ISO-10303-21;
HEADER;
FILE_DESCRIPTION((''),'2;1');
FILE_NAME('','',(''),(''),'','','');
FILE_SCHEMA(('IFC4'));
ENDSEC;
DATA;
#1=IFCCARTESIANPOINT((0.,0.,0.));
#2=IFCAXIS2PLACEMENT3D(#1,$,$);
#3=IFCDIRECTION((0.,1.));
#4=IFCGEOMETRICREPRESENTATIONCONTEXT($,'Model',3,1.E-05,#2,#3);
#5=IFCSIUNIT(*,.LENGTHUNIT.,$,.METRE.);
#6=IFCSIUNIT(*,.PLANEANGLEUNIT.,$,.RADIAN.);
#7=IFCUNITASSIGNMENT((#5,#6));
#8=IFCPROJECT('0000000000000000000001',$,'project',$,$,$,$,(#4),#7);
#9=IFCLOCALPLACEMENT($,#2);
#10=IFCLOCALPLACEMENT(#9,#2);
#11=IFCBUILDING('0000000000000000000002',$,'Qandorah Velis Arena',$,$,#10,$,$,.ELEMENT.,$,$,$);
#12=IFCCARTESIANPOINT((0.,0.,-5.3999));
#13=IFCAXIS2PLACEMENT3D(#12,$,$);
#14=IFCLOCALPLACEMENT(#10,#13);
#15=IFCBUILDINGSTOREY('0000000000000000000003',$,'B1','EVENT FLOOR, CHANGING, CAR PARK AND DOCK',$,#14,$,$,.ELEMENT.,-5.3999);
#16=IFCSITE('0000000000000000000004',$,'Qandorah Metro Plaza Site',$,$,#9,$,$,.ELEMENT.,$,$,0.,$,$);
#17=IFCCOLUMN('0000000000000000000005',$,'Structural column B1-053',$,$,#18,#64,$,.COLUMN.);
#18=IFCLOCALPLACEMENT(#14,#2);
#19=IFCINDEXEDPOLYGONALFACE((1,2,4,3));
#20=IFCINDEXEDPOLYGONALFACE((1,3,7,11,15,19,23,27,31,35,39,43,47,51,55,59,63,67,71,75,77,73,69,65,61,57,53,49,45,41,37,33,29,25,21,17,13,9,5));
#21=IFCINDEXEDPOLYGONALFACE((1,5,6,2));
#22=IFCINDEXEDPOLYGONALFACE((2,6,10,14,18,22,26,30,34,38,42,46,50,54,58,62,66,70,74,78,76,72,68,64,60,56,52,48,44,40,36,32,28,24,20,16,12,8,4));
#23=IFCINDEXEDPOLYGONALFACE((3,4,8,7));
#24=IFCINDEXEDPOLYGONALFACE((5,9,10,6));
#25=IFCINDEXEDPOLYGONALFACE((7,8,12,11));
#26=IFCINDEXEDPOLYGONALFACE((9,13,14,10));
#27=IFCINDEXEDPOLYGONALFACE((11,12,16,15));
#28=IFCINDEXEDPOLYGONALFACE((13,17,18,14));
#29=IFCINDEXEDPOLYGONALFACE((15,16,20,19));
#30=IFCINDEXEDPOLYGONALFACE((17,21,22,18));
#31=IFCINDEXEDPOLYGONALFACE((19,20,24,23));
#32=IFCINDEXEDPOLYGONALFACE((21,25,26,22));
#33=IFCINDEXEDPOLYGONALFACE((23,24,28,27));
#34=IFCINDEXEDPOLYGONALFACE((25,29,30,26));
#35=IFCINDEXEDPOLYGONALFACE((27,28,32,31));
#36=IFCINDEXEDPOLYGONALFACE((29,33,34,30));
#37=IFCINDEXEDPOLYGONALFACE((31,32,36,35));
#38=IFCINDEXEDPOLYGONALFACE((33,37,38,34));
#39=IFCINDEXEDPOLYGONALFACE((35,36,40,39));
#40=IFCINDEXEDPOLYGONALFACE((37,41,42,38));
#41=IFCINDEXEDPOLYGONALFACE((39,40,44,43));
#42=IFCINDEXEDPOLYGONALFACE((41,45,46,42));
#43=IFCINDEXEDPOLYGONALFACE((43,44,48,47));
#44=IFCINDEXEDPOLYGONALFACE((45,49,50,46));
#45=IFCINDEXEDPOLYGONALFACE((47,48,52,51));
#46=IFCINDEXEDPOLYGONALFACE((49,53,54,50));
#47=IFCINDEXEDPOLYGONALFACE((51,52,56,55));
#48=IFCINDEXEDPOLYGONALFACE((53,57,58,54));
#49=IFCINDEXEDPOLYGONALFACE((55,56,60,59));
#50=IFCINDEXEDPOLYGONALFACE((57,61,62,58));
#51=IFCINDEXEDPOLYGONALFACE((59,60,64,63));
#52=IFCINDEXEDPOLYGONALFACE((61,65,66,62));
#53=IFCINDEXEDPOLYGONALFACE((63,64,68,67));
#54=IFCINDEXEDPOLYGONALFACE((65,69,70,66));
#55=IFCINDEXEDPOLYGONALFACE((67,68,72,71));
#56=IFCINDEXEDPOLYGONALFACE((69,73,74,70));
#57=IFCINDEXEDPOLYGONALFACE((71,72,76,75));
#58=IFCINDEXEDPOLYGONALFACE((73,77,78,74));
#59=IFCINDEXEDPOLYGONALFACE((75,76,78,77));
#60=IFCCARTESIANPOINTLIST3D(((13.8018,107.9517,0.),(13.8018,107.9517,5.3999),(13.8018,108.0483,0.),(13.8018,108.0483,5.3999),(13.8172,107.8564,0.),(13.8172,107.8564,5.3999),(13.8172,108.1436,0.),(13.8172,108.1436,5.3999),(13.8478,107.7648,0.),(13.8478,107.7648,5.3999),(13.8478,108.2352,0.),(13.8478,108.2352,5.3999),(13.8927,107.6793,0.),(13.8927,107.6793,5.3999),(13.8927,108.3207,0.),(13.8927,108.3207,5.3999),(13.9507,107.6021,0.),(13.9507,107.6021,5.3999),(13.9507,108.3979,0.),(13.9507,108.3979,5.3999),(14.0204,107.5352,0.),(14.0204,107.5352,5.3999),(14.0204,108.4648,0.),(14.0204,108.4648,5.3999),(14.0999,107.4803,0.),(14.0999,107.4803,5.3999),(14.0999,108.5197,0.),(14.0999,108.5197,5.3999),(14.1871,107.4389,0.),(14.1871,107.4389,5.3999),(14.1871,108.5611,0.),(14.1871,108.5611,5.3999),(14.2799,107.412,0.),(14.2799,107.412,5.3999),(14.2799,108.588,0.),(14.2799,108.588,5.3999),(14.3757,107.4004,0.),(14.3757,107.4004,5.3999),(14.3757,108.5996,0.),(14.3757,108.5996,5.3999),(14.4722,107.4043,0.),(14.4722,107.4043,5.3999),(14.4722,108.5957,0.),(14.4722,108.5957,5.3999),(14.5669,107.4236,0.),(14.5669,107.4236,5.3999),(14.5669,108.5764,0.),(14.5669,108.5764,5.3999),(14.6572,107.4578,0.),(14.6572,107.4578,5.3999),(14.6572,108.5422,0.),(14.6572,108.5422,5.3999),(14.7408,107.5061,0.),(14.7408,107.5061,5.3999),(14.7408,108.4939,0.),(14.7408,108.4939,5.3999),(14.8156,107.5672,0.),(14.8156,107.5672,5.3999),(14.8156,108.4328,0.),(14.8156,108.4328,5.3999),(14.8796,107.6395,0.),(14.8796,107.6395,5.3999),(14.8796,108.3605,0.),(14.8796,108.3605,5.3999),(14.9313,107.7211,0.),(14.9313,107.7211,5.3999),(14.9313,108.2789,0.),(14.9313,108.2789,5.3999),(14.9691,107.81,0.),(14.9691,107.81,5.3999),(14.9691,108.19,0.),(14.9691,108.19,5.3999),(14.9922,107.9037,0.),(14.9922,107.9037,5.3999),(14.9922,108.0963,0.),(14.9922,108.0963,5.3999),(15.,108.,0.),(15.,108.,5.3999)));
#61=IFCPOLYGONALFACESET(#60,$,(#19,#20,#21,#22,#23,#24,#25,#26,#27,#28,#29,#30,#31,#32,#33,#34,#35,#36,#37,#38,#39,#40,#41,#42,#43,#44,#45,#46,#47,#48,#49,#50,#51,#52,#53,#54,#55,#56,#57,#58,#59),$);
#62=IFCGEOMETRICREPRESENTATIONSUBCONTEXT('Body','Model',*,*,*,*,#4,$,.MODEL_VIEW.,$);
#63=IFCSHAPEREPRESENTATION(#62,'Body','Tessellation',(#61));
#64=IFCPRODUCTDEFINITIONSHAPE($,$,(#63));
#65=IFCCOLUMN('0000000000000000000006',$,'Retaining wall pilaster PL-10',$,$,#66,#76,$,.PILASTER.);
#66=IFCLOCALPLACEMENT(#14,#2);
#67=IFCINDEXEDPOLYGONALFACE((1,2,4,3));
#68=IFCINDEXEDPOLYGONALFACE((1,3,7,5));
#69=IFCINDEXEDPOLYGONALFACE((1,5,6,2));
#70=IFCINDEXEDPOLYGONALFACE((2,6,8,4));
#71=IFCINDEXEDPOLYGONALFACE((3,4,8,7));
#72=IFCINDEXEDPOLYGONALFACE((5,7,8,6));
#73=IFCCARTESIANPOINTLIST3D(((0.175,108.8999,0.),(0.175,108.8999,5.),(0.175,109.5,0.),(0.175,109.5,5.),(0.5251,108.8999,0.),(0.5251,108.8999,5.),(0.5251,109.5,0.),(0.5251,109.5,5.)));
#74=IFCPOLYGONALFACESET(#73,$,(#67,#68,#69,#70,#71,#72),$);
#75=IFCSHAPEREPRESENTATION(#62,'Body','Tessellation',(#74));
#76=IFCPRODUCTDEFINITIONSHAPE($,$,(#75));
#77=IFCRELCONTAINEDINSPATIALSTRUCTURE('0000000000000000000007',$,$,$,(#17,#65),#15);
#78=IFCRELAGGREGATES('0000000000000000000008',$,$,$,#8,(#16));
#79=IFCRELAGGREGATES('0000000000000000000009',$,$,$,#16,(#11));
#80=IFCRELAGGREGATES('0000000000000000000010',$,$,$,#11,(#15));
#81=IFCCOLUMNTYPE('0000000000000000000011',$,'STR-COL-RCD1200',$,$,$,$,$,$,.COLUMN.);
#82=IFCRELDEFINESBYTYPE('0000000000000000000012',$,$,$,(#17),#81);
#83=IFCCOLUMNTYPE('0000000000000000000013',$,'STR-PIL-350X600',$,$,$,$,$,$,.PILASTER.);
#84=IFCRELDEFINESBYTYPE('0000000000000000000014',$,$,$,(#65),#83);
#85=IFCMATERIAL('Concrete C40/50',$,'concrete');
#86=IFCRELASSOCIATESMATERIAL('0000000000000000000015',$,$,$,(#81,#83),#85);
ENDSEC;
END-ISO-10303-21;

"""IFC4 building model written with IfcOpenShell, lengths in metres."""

from ifc_helpers import new_model, si_unit, direction, frame, origin, origin_2d, place, context, subcontext, project, spatial, rectangle, circle, extrude, material, material_profile, profile_set, type_object, element, save


model = new_model("IFC4")

# Units and contexts
model_context = context("Model", 3, precision=1e-05, world=origin(), true_north=direction((0.0, 1.0)))
body_context = subcontext(model_context, "Body", "Model", "MODEL_VIEW")
ifc_project = project(units=[si_unit("LENGTHUNIT", "METRE"), si_unit("PLANEANGLEUNIT", "RADIAN")], contexts=[model_context])

# Site, building, storey
site_placement = place(None, origin())
site = spatial("IfcSite", under=ifc_project, at=site_placement, Name="Qandorah Metro Plaza Site", CompositionType="ELEMENT", RefElevation=0.0)
building_placement = place(site_placement, origin())
building = spatial("IfcBuilding", under=site, at=building_placement, Name="Qandorah Velis Arena", CompositionType="ELEMENT")
storey_placement = place(building_placement, frame((0.0, 0.0, -5.3999)))
storey = spatial("IfcBuildingStorey", under=building, at=storey_placement, Name="B1", Description="EVENT FLOOR, CHANGING, CAR PARK AND DOCK", CompositionType="ELEMENT", Elevation=-5.3999)

# Shared definitions
ifc_material_1 = material(Name="Concrete C40/50", Category="concrete")

# Columns
ifc_material_profile_1 = material_profile(ifc_material_1, circle(Radius=0.6001, at=origin_2d()), Name="RC D1200")
ifc_profile_set_1 = profile_set([ifc_material_profile_1], Name="Concrete C40/50")
column_type_1 = type_object("IfcColumnType", Name="STR-COL-RCD1200", PredefinedType="COLUMN", material=ifc_profile_set_1)
for number, where, z_axis, x_axis, name in (
    (1, (14.3999, 108.0, 0.0), (0.0, 0.0, 1.0), (1.0, 0.0, 0.0), "Structural column B1-053"),
):
    element("IfcColumn", number, at=place(storey_placement, frame(where, z_axis=z_axis, x_axis=x_axis)), inside=storey, type_object=column_type_1, Name=name, PredefinedType="COLUMN", context=body_context, shape_type="SweptSolid", body=[
        extrude(circle(Radius=0.6001, at=origin_2d()), origin(), (0.0, 0.0, 1.0), 5.3999),
    ])
ifc_material_profile_2 = material_profile(ifc_material_1, rectangle(XDim=0.3501, YDim=0.6001, at=origin_2d()), Name="RC PIL 350x600")
ifc_profile_set_2 = profile_set([ifc_material_profile_2], Name="Concrete C40/50")
column_type_2 = type_object("IfcColumnType", Name="STR-PIL-350X600", PredefinedType="PILASTER", material=ifc_profile_set_2)
column_1_placement = place(storey_placement, frame((0.3501, 109.2, 0.0), z_axis=(0.0, 0.0, 1.0), x_axis=(1.0, 0.0, 0.0)))
element("IfcColumn", 2, at=column_1_placement, inside=storey, type_object=column_type_2, Name="Retaining wall pilaster PL-10", PredefinedType="PILASTER", context=body_context, shape_type="SweptSolid", body=[
    extrude(rectangle(XDim=0.3501, YDim=0.6001, at=origin_2d()), origin(), (0.0, 0.0, 1.0), 5.0),
])

save(model, "model.ifc")
